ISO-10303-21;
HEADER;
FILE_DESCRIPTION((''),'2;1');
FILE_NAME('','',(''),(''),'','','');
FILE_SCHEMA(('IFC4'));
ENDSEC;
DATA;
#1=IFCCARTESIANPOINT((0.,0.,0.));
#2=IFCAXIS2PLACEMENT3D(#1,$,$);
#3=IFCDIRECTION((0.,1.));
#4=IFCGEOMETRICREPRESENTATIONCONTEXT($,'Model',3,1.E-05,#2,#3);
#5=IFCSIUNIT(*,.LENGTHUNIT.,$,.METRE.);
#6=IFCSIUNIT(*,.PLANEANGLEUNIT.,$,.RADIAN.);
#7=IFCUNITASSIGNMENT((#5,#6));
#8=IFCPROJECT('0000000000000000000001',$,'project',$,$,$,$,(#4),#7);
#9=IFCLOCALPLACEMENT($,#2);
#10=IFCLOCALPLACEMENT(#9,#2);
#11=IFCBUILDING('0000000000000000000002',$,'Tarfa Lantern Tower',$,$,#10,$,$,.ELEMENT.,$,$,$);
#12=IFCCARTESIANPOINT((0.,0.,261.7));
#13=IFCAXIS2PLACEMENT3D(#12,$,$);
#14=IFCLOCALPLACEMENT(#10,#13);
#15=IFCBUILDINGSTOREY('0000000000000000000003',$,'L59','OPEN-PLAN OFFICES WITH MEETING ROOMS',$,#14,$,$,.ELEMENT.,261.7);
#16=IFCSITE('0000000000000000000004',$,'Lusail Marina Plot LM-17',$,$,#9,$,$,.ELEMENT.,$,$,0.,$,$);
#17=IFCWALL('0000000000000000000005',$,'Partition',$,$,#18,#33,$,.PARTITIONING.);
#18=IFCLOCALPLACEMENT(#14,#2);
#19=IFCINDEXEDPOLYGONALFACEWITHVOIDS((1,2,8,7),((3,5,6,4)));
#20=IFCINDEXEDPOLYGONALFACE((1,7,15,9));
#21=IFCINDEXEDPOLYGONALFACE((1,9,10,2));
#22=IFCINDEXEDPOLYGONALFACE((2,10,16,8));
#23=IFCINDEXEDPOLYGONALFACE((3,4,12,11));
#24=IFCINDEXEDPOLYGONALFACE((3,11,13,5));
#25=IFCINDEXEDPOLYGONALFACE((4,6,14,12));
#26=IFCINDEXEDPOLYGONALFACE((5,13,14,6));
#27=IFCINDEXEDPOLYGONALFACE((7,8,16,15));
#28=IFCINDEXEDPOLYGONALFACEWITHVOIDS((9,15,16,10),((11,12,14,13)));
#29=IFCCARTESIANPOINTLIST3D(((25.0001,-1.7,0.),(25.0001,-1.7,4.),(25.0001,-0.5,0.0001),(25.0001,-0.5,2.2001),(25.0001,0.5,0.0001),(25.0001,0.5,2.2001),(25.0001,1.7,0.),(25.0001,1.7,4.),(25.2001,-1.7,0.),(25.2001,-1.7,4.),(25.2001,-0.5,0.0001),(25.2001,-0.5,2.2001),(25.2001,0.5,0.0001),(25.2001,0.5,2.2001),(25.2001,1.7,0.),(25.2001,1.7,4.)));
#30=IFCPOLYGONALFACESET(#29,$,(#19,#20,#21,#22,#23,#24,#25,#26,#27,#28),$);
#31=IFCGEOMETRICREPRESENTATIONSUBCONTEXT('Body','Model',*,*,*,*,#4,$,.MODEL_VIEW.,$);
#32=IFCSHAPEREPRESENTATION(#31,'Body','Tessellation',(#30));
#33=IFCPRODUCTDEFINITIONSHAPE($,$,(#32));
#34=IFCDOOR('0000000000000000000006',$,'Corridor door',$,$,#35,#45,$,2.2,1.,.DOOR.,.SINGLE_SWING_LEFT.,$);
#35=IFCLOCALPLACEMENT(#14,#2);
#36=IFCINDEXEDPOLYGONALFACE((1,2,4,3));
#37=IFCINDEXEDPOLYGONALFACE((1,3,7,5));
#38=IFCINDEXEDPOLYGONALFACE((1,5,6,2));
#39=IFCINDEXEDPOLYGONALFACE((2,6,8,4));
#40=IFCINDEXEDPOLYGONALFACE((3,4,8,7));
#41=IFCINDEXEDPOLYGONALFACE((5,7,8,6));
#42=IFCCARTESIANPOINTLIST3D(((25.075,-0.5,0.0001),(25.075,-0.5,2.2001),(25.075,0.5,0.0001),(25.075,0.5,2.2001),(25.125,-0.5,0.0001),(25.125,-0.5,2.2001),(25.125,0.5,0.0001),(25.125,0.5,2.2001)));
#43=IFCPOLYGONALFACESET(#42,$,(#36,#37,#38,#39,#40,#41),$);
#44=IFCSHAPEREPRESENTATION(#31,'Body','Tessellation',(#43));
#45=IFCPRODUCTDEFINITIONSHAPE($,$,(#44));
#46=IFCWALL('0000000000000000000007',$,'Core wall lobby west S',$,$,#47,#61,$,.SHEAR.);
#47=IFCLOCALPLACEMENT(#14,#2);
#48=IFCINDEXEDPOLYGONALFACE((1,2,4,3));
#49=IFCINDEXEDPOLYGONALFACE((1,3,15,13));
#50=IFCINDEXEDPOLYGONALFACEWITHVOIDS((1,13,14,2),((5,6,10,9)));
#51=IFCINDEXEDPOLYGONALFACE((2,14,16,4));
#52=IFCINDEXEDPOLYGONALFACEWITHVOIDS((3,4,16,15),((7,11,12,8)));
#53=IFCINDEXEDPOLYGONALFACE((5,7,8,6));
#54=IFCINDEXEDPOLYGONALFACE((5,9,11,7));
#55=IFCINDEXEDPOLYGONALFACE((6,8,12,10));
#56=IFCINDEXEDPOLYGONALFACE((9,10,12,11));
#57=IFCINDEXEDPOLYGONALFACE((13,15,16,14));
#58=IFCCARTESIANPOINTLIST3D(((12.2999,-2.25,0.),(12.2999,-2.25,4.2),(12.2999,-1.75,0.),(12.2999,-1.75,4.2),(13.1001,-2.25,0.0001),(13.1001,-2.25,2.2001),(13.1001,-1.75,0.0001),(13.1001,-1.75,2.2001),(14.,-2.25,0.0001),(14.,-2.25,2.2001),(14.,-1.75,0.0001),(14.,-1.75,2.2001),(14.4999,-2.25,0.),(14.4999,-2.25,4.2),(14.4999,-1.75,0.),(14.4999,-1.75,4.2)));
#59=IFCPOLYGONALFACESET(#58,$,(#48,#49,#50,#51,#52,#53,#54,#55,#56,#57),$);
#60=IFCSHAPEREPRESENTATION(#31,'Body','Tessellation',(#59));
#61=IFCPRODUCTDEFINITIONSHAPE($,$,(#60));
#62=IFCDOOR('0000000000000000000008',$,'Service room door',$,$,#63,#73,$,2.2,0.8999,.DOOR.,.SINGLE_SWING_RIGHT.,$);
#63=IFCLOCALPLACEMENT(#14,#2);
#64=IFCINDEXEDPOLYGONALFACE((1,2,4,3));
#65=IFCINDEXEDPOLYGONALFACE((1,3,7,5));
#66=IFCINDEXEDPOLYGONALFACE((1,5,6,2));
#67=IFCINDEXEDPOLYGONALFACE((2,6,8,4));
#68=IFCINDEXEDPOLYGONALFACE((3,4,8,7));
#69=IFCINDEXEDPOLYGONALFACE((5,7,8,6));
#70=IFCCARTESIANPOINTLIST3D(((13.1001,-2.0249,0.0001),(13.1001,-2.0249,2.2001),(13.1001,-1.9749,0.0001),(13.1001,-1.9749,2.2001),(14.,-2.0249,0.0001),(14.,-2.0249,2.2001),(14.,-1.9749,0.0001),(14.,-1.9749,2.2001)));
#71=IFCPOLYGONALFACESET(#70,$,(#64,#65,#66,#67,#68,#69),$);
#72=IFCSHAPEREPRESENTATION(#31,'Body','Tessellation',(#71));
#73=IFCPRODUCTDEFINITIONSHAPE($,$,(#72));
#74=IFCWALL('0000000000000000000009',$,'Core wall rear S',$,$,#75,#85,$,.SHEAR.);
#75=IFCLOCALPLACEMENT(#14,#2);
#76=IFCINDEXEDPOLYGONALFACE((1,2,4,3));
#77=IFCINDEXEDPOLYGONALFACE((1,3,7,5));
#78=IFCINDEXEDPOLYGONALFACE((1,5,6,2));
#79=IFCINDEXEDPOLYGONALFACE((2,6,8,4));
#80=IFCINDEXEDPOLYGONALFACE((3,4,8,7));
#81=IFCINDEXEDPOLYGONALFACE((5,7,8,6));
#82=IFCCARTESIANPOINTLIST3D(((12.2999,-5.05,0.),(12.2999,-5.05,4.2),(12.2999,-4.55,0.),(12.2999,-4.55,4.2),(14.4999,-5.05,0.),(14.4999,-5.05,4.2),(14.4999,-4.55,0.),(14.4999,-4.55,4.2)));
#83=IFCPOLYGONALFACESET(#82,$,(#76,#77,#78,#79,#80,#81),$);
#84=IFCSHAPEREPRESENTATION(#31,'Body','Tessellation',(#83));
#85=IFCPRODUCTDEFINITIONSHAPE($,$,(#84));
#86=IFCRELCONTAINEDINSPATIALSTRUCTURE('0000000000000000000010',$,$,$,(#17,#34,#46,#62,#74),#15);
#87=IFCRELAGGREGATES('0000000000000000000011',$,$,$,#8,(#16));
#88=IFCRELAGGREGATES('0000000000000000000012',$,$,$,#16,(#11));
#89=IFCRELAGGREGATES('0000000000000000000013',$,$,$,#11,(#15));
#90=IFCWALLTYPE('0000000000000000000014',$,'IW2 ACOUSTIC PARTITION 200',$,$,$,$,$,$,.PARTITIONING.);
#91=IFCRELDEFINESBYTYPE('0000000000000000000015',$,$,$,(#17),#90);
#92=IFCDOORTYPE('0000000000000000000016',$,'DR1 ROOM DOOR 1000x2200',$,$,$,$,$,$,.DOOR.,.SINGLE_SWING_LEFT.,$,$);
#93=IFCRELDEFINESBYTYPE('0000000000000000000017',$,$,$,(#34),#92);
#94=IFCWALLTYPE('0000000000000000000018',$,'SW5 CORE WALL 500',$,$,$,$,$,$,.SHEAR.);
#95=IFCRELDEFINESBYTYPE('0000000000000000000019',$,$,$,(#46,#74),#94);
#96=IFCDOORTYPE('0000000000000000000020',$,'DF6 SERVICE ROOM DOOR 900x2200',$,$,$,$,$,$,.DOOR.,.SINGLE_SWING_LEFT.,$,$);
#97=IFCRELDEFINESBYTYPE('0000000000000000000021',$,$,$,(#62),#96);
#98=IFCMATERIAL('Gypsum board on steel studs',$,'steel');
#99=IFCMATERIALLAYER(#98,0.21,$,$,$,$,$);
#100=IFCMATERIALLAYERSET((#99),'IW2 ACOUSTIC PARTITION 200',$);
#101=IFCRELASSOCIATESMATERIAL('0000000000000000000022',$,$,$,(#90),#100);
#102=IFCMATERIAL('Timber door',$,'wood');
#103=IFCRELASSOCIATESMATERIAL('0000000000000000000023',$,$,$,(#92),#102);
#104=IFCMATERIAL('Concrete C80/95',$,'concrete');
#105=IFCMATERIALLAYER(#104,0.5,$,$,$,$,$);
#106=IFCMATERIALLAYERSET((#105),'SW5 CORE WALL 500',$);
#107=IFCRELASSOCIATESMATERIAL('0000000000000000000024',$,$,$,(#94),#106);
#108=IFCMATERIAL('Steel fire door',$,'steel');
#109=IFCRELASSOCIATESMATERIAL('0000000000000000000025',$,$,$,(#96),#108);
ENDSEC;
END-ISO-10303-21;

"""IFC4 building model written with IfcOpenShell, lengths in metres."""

from ifc_helpers import new_model, si_unit, direction, frame, frame_2d, origin, place, context, subcontext, project, spatial, rectangle, extrude, material, layer, layer_set, type_object, element, fill, save


model = new_model("IFC4")

# Units and contexts
model_context = context("Model", 3, precision=1e-05, world=origin(), true_north=direction((0.0, 1.0)))
body_context = subcontext(model_context, "Body", "Model", "MODEL_VIEW")
ifc_project = project(units=[si_unit("LENGTHUNIT", "METRE"), si_unit("PLANEANGLEUNIT", "RADIAN")], contexts=[model_context])

# Site, building, storey
site_placement = place(None, origin())
site = spatial("IfcSite", under=ifc_project, at=site_placement, Name="Lusail Marina Plot LM-17", CompositionType="ELEMENT", RefElevation=0.0)
building_placement = place(site_placement, origin())
building = spatial("IfcBuilding", under=site, at=building_placement, Name="Tarfa Lantern Tower", CompositionType="ELEMENT")
storey_placement = place(building_placement, frame((0.0, 0.0, 261.7)))
storey = spatial("IfcBuildingStorey", under=building, at=storey_placement, Name="L59", Description="OPEN-PLAN OFFICES WITH MEETING ROOMS", CompositionType="ELEMENT", Elevation=261.7)

# Shared definitions
ifc_material_1 = material(Name="Gypsum board on steel studs", Category="steel")
ifc_layer_1 = layer(ifc_material_1, 0.21)
ifc_layer_set_1 = layer_set([ifc_layer_1], Name="IW2 ACOUSTIC PARTITION 200")
wall_type_1 = type_object("IfcWallType", Name="IW2 ACOUSTIC PARTITION 200", PredefinedType="PARTITIONING", material=ifc_layer_set_1)
ifc_material_2 = material(Name="Timber door", Category="wood")
door_type_1 = type_object("IfcDoorType", Name="DR1 ROOM DOOR 1000x2200", OperationType="SINGLE_SWING_LEFT", PredefinedType="DOOR", material=ifc_material_2)

# Walls, openings, doors
wall_1_placement = place(storey_placement, frame((25.1001, -1.7, 0.0), z_axis=(0.0, 0.0, 1.0), x_axis=(0.0, 1.0, 0.0)))
wall_1 = element("IfcWall", 1, at=wall_1_placement, inside=storey, type_object=wall_type_1, Name="Partition", PredefinedType="PARTITIONING", context=body_context, shape_type="SweptSolid", body=[
    extrude(rectangle(XDim=3.3999, YDim=0.2, at=frame_2d((1.7, 0.0))), origin(), (0.0, 0.0, 1.0), 4.0),
])
opening_1_placement = place(wall_1_placement, frame((1.2, 0.0, 0.0)))
opening_1 = element("IfcOpeningElement", 2, at=opening_1_placement, cuts=wall_1, PredefinedType="OPENING", context=body_context, shape_type="SweptSolid", body=[
    extrude(rectangle(XDim=1.0, YDim=2.2, at=frame_2d((0.5, 1.1001))), frame((0.0, 0.1099, 0.0), z_axis=(0.0, -1.0, 0.0), x_axis=(1.0, 0.0, 0.0)), (0.0, 0.0, 1.0), 0.22),
])
door_1_placement = place(opening_1_placement, frame((1.0, 0.0, 0.0), z_axis=(0.0, 0.0, 1.0), x_axis=(-1.0, 0.0, 0.0)))
door_1 = element("IfcDoor", 3, at=door_1_placement, inside=storey, type_object=door_type_1, Name="Corridor door", OperationType="SINGLE_SWING_LEFT", OverallHeight=2.2, OverallWidth=1.0, PredefinedType="DOOR", context=body_context, shape_type="SweptSolid", body=[
    extrude(rectangle(XDim=1.0, YDim=2.2, at=frame_2d((0.5, 1.1001))), frame((0.0, 0.0249, 0.0), z_axis=(0.0, -1.0, 0.0), x_axis=(1.0, 0.0, 0.0)), (0.0, 0.0, 1.0), 0.05),
])
fill(opening_1, door_1)
ifc_material_3 = material(Name="Concrete C80/95", Category="concrete")
ifc_material_4 = material(Name="Steel fire door", Category="steel")
ifc_layer_2 = layer(ifc_material_3, 0.5)
ifc_layer_set_2 = layer_set([ifc_layer_2], Name="SW5 CORE WALL 500")
wall_type_2 = type_object("IfcWallType", Name="SW5 CORE WALL 500", PredefinedType="SHEAR", material=ifc_layer_set_2)
wall_2_placement = place(storey_placement, frame((14.5, -2.0, 0.0), z_axis=(0.0, 0.0, 1.0), x_axis=(-1.0, 0.0, 0.0)))
wall_2 = element("IfcWall", 4, at=wall_2_placement, inside=storey, type_object=wall_type_2, Name="Core wall lobby west S", PredefinedType="SHEAR", context=body_context, shape_type="SweptSolid", body=[
    extrude(rectangle(XDim=2.2, YDim=0.5, at=frame_2d((1.1001, 0.0))), origin(), (0.0, 0.0, 1.0), 4.2),
])
opening_2_placement = place(wall_2_placement, frame((0.5, 0.0, 0.0)))
opening_2 = element("IfcOpeningElement", 5, at=opening_2_placement, cuts=wall_2, PredefinedType="OPENING", context=body_context, shape_type="SweptSolid", body=[
    extrude(rectangle(XDim=0.8999, YDim=2.2, at=frame_2d((0.45, 1.1001))), frame((0.0, 0.26, 0.0), z_axis=(0.0, -1.0, 0.0), x_axis=(1.0, 0.0, 0.0)), (0.0, 0.0, 1.0), 0.52),
])
door_type_2 = type_object("IfcDoorType", Name="DF6 SERVICE ROOM DOOR 900x2200", OperationType="SINGLE_SWING_LEFT", PredefinedType="DOOR", material=ifc_material_4)
door_2_placement = place(opening_2_placement, origin())
door_2 = element("IfcDoor", 6, at=door_2_placement, inside=storey, type_object=door_type_2, Name="Service room door", OperationType="SINGLE_SWING_RIGHT", OverallHeight=2.2, OverallWidth=0.8999, PredefinedType="DOOR", context=body_context, shape_type="SweptSolid", body=[
    extrude(rectangle(XDim=0.8999, YDim=2.2, at=frame_2d((0.45, 1.1001))), frame((0.0, 0.0249, 0.0), z_axis=(0.0, -1.0, 0.0), x_axis=(1.0, 0.0, 0.0)), (0.0, 0.0, 1.0), 0.05),
])
fill(opening_2, door_2)

# Wall
wall_3_placement = place(storey_placement, frame((14.5, -4.8, 0.0), z_axis=(0.0, 0.0, 1.0), x_axis=(-1.0, 0.0, 0.0)))
element("IfcWall", 7, at=wall_3_placement, inside=storey, type_object=wall_type_2, Name="Core wall rear S", PredefinedType="SHEAR", context=body_context, shape_type="SweptSolid", body=[
    extrude(rectangle(XDim=2.2, YDim=0.5, at=frame_2d((1.1001, 0.0))), origin(), (0.0, 0.0, 1.0), 4.2),
])

save(model, "model.ifc")
